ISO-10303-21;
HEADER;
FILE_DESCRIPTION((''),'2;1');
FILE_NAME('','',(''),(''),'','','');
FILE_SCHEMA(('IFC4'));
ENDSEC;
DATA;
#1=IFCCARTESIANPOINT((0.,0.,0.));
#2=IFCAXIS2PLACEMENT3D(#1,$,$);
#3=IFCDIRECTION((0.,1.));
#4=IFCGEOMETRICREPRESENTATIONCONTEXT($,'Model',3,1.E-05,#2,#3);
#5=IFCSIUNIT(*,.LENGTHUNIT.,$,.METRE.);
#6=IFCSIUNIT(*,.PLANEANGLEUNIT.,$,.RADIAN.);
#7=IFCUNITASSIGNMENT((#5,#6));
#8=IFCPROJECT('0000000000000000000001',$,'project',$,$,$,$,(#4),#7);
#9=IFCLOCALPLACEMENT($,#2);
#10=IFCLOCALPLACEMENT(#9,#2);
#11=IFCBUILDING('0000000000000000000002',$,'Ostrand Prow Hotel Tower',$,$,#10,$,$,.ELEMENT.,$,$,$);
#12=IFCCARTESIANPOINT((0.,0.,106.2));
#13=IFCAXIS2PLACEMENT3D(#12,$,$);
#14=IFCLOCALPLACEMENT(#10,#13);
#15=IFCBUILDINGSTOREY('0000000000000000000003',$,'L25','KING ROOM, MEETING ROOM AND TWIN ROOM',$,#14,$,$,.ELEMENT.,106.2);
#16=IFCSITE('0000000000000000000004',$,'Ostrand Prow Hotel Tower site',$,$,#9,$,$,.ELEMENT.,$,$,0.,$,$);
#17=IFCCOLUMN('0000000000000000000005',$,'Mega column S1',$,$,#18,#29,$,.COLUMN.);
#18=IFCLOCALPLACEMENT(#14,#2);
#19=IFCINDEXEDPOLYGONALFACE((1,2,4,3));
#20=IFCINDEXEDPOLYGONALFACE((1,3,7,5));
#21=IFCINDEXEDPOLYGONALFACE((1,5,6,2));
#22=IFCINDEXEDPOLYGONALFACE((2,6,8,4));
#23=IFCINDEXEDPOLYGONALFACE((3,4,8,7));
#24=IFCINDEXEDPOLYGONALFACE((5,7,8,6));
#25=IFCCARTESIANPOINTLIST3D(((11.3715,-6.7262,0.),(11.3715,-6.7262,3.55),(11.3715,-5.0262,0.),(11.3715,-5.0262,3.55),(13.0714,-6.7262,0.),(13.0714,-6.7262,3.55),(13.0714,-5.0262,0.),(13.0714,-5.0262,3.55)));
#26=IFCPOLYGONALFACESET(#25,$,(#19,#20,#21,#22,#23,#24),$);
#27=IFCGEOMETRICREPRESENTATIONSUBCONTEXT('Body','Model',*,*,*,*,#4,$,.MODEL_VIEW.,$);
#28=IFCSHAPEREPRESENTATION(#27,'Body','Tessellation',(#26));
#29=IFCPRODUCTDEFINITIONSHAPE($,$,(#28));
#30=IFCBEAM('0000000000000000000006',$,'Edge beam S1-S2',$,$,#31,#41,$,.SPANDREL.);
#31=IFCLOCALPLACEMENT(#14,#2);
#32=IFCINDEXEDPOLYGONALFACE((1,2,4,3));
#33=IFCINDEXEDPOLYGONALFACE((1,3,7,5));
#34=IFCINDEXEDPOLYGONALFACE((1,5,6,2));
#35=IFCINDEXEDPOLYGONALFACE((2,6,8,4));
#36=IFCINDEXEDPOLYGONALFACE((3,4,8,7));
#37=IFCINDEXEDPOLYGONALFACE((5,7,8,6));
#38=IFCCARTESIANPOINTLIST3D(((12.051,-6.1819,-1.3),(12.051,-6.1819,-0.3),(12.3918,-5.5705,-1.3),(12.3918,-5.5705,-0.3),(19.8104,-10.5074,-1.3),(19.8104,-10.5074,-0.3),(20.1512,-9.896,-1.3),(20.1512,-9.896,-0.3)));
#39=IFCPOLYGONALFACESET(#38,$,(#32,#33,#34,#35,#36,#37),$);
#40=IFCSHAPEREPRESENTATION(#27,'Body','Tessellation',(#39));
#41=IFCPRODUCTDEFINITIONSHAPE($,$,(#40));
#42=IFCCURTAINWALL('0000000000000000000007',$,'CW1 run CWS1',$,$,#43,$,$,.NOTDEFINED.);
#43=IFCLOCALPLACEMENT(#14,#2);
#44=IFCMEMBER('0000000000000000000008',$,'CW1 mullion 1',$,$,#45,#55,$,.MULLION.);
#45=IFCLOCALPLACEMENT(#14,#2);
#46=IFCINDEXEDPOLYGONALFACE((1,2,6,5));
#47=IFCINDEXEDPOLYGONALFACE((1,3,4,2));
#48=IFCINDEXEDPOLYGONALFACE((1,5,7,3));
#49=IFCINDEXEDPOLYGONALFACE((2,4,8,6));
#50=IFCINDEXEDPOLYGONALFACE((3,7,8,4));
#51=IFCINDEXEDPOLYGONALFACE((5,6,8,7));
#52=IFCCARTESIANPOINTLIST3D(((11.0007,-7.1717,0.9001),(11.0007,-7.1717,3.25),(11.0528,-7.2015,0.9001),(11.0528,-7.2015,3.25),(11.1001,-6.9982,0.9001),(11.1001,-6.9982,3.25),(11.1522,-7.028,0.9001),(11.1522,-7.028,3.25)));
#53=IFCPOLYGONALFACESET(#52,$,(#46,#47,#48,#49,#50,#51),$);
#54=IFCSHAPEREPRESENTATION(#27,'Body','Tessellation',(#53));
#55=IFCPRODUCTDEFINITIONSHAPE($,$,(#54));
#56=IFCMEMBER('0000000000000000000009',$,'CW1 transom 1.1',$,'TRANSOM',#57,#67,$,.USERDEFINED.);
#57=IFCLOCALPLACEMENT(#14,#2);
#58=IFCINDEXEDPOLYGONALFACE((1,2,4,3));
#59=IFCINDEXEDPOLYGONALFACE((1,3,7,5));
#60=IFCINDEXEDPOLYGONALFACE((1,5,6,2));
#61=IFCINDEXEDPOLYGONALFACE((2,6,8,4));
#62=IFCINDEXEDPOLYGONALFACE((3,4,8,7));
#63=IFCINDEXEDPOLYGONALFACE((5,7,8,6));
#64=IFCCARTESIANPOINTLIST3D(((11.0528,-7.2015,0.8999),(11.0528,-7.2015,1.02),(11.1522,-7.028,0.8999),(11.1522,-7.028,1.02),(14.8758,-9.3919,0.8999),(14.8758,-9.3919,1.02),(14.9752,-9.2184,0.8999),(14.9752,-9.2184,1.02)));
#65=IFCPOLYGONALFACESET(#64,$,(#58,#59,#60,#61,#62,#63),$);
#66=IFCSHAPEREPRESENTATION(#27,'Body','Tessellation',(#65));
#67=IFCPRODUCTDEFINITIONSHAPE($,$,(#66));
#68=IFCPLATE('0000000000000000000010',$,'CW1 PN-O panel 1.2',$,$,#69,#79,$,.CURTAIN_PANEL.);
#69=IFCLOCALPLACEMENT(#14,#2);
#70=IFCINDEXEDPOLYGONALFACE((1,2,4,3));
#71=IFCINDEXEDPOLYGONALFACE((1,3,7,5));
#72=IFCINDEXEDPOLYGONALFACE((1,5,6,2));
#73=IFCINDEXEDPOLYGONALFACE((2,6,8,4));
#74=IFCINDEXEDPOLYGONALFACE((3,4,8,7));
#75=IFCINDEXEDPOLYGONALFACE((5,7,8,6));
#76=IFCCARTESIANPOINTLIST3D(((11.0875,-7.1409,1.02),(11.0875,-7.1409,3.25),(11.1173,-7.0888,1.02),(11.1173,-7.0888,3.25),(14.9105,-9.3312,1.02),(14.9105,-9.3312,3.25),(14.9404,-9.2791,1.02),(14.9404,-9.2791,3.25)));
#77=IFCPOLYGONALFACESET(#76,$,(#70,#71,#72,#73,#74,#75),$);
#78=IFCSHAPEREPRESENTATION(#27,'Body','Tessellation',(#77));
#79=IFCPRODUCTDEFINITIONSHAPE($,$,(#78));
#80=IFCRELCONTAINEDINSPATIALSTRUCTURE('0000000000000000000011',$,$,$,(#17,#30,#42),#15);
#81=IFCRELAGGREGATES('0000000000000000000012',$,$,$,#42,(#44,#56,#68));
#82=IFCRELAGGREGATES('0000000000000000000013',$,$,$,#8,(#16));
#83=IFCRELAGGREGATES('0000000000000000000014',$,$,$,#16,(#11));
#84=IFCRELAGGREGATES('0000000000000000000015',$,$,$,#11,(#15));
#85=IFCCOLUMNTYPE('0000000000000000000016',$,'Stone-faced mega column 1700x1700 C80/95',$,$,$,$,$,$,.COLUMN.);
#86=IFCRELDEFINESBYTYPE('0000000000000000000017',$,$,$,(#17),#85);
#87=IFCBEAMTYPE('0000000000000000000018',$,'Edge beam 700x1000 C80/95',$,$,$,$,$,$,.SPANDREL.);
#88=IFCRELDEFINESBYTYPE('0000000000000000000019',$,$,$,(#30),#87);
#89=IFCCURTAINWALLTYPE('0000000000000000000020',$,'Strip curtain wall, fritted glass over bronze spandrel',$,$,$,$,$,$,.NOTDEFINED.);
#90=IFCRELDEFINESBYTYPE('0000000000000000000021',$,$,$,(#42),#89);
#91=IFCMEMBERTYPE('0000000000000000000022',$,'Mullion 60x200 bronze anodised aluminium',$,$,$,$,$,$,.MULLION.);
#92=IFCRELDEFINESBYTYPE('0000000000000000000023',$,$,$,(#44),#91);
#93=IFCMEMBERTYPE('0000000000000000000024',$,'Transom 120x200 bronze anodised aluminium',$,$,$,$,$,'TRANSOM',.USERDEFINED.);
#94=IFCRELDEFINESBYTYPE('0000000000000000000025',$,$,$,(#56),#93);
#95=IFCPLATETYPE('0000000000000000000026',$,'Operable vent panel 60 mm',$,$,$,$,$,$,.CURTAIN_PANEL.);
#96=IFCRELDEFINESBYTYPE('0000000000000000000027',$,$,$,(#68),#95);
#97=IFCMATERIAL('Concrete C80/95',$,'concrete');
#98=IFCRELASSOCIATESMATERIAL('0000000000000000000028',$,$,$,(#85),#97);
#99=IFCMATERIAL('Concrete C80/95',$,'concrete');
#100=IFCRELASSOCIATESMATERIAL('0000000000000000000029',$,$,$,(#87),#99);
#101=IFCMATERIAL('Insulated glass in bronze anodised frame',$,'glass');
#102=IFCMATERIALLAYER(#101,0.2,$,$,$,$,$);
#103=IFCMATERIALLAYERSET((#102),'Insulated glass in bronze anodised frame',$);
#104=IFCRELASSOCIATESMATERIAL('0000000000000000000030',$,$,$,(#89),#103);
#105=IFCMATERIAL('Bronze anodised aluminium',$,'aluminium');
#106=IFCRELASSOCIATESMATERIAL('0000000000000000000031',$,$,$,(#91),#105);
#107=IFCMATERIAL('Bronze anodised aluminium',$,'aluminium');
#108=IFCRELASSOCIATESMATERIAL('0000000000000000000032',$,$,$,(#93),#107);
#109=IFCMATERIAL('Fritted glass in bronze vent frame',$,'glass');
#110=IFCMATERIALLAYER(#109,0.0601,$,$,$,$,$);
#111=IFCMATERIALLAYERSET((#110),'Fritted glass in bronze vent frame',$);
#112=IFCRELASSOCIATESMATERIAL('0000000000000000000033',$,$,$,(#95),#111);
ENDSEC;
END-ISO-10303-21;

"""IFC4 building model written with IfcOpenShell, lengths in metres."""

from ifc_helpers import new_model, si_unit, direction, frame, origin, origin_2d, place, context, subcontext, project, spatial, rectangle, extrude, material, layer, layer_set, material_profile, profile_set, type_object, element, aggregate, save


model = new_model("IFC4")

# Units and contexts
model_context = context("Model", 3, precision=1e-05, world=origin(), true_north=direction((0.0, 1.0)))
body_context = subcontext(model_context, "Body", "Model", "MODEL_VIEW")
ifc_project = project(units=[si_unit("LENGTHUNIT", "METRE"), si_unit("PLANEANGLEUNIT", "RADIAN")], contexts=[model_context])

# Site, building, storey
site_placement = place(None, origin())
site = spatial("IfcSite", under=ifc_project, at=site_placement, Name="Ostrand Prow Hotel Tower site", CompositionType="ELEMENT", RefElevation=0.0)
building_placement = place(site_placement, origin())
building = spatial("IfcBuilding", under=site, at=building_placement, Name="Ostrand Prow Hotel Tower", CompositionType="ELEMENT")
storey_placement = place(building_placement, frame((0.0, 0.0, 106.2)))
storey = spatial("IfcBuildingStorey", under=building, at=storey_placement, Name="L25", Description="KING ROOM, MEETING ROOM AND TWIN ROOM", CompositionType="ELEMENT", Elevation=106.2)

# Column
ifc_material_1 = material(Name="Concrete C80/95", Category="concrete")
ifc_material_profile_1 = material_profile(ifc_material_1, rectangle(XDim=1.7, YDim=1.7, at=origin_2d()), Name="RC 1700x1700")
ifc_profile_set_1 = profile_set([ifc_material_profile_1], Name="Concrete C80/95")
column_type = type_object("IfcColumnType", Name="Stone-faced mega column 1700x1700 C80/95", PredefinedType="COLUMN", material=ifc_profile_set_1)
column_placement = place(storey_placement, frame((12.2214, -5.8762, 0.0), z_axis=(0.0, 0.0, 1.0), x_axis=(1.0, 0.0, 0.0)))
element("IfcColumn", 1, at=column_placement, inside=storey, type_object=column_type, Name="Mega column S1", PredefinedType="COLUMN", context=body_context, shape_type="SweptSolid", body=[
    extrude(rectangle(XDim=1.7, YDim=1.7, at=origin_2d()), origin(), (0.0, 0.0, 1.0), 3.55),
])

# Beam
ifc_material_2 = material(Name="Concrete C80/95", Category="concrete")
ifc_material_profile_2 = material_profile(ifc_material_2, rectangle(XDim=0.7, YDim=1.0, at=origin_2d()), Name="RC 700x1000")
ifc_profile_set_2 = profile_set([ifc_material_profile_2], Name="Concrete C80/95")
beam_type = type_object("IfcBeamType", Name="Edge beam 700x1000 C80/95", PredefinedType="SPANDREL", material=ifc_profile_set_2)
beam_placement = place(storey_placement, frame((12.2214, -5.8762, -0.8), z_axis=(0.873452, -0.486909, 0.0), x_axis=(0.486909, 0.873452, 0.0)))
element("IfcBeam", 2, at=beam_placement, inside=storey, type_object=beam_type, Name="Edge beam S1-S2", PredefinedType="SPANDREL", context=body_context, shape_type="SweptSolid", body=[
    extrude(rectangle(XDim=0.7, YDim=1.0, at=origin_2d()), origin(), (0.0, 0.0, 1.0), 8.8835),
])

# Curtain wall, members, plate
ifc_material_3 = material(Name="Insulated glass in bronze anodised frame", Category="glass")
ifc_layer_1 = layer(ifc_material_3, 0.2)
ifc_layer_set_1 = layer_set([ifc_layer_1], Name="Insulated glass in bronze anodised frame")
curtain_wall_type = type_object("IfcCurtainWallType", Name="Strip curtain wall, fritted glass over bronze spandrel", PredefinedType="NOTDEFINED", material=ifc_layer_set_1)
curtain_wall_placement = place(storey_placement, origin())
curtain_wall = element("IfcCurtainWall", 3, at=curtain_wall_placement, inside=storey, type_object=curtain_wall_type, Name="CW1 run CWS1", PredefinedType="NOTDEFINED")
ifc_material_4 = material(Name="Bronze anodised aluminium", Category="aluminium")
ifc_material_profile_3 = material_profile(ifc_material_4, rectangle(XDim=0.2, YDim=0.0601, at=origin_2d()), Name="Mullion 60x200 bronze anodised aluminium")
ifc_profile_set_3 = profile_set([ifc_material_profile_3], Name="Bronze anodised aluminium")
member_type_1 = type_object("IfcMemberType", Name="Mullion 60x200 bronze anodised aluminium", PredefinedType="MULLION", material=ifc_profile_set_3)
member_1_placement = place(storey_placement, frame((11.0764, -7.0999, 0.9001), z_axis=(0.0, 0.0, 1.0), x_axis=(0.497115, 0.867685, 0.0)))
member_1 = element("IfcMember", 4, at=member_1_placement, type_object=member_type_1, Name="CW1 mullion 1", PredefinedType="MULLION", context=body_context, shape_type="SweptSolid", body=[
    extrude(rectangle(XDim=0.2, YDim=0.0601, at=origin_2d()), origin(), (0.0, 0.0, 1.0), 2.3499),
])
ifc_material_5 = material(Name="Bronze anodised aluminium", Category="aluminium")
ifc_material_profile_4 = material_profile(ifc_material_5, rectangle(XDim=0.2, YDim=0.1201, at=origin_2d()), Name="Transom 120x200 bronze anodised aluminium")
ifc_profile_set_4 = profile_set([ifc_material_profile_4], Name="Bronze anodised aluminium")
member_type_2 = type_object("IfcMemberType", Name="Transom 120x200 bronze anodised aluminium", ElementType="TRANSOM", PredefinedType="USERDEFINED", material=ifc_profile_set_4)
member_2_placement = place(storey_placement, frame((11.1025, -7.1147, 0.96), z_axis=(0.86767, -0.497141, 0.0), x_axis=(0.497141, 0.86767, 0.0)))
member_2 = element("IfcMember", 5, at=member_2_placement, type_object=member_type_2, Name="CW1 transom 1.1", ObjectType="TRANSOM", PredefinedType="USERDEFINED", context=body_context, shape_type="SweptSolid", body=[
    extrude(rectangle(XDim=0.2, YDim=0.1201, at=origin_2d()), origin(), (0.0, 0.0, 1.0), 4.406),
])
ifc_material_6 = material(Name="Fritted glass in bronze vent frame", Category="glass")
ifc_layer_2 = layer(ifc_material_6, 0.0601)
ifc_layer_set_2 = layer_set([ifc_layer_2], Name="Fritted glass in bronze vent frame")
plate_type = type_object("IfcPlateType", Name="Operable vent panel 60 mm", PredefinedType="CURTAIN_PANEL", material=ifc_layer_set_2)
plate_placement = place(storey_placement, frame((13.0139, -8.21, 1.02), z_axis=(0.0, 0.0, 1.0), x_axis=(0.867685, -0.497115, 0.0)))
plate = element("IfcPlate", 6, at=plate_placement, type_object=plate_type, Name="CW1 PN-O panel 1.2", PredefinedType="CURTAIN_PANEL", context=body_context, shape_type="SweptSolid", body=[
    extrude(rectangle(XDim=4.406, YDim=0.0601, at=origin_2d()), origin(), (0.0, 0.0, 1.0), 2.23),
])
aggregate(curtain_wall, [member_1, member_2, plate])

save(model, "model.ifc")
